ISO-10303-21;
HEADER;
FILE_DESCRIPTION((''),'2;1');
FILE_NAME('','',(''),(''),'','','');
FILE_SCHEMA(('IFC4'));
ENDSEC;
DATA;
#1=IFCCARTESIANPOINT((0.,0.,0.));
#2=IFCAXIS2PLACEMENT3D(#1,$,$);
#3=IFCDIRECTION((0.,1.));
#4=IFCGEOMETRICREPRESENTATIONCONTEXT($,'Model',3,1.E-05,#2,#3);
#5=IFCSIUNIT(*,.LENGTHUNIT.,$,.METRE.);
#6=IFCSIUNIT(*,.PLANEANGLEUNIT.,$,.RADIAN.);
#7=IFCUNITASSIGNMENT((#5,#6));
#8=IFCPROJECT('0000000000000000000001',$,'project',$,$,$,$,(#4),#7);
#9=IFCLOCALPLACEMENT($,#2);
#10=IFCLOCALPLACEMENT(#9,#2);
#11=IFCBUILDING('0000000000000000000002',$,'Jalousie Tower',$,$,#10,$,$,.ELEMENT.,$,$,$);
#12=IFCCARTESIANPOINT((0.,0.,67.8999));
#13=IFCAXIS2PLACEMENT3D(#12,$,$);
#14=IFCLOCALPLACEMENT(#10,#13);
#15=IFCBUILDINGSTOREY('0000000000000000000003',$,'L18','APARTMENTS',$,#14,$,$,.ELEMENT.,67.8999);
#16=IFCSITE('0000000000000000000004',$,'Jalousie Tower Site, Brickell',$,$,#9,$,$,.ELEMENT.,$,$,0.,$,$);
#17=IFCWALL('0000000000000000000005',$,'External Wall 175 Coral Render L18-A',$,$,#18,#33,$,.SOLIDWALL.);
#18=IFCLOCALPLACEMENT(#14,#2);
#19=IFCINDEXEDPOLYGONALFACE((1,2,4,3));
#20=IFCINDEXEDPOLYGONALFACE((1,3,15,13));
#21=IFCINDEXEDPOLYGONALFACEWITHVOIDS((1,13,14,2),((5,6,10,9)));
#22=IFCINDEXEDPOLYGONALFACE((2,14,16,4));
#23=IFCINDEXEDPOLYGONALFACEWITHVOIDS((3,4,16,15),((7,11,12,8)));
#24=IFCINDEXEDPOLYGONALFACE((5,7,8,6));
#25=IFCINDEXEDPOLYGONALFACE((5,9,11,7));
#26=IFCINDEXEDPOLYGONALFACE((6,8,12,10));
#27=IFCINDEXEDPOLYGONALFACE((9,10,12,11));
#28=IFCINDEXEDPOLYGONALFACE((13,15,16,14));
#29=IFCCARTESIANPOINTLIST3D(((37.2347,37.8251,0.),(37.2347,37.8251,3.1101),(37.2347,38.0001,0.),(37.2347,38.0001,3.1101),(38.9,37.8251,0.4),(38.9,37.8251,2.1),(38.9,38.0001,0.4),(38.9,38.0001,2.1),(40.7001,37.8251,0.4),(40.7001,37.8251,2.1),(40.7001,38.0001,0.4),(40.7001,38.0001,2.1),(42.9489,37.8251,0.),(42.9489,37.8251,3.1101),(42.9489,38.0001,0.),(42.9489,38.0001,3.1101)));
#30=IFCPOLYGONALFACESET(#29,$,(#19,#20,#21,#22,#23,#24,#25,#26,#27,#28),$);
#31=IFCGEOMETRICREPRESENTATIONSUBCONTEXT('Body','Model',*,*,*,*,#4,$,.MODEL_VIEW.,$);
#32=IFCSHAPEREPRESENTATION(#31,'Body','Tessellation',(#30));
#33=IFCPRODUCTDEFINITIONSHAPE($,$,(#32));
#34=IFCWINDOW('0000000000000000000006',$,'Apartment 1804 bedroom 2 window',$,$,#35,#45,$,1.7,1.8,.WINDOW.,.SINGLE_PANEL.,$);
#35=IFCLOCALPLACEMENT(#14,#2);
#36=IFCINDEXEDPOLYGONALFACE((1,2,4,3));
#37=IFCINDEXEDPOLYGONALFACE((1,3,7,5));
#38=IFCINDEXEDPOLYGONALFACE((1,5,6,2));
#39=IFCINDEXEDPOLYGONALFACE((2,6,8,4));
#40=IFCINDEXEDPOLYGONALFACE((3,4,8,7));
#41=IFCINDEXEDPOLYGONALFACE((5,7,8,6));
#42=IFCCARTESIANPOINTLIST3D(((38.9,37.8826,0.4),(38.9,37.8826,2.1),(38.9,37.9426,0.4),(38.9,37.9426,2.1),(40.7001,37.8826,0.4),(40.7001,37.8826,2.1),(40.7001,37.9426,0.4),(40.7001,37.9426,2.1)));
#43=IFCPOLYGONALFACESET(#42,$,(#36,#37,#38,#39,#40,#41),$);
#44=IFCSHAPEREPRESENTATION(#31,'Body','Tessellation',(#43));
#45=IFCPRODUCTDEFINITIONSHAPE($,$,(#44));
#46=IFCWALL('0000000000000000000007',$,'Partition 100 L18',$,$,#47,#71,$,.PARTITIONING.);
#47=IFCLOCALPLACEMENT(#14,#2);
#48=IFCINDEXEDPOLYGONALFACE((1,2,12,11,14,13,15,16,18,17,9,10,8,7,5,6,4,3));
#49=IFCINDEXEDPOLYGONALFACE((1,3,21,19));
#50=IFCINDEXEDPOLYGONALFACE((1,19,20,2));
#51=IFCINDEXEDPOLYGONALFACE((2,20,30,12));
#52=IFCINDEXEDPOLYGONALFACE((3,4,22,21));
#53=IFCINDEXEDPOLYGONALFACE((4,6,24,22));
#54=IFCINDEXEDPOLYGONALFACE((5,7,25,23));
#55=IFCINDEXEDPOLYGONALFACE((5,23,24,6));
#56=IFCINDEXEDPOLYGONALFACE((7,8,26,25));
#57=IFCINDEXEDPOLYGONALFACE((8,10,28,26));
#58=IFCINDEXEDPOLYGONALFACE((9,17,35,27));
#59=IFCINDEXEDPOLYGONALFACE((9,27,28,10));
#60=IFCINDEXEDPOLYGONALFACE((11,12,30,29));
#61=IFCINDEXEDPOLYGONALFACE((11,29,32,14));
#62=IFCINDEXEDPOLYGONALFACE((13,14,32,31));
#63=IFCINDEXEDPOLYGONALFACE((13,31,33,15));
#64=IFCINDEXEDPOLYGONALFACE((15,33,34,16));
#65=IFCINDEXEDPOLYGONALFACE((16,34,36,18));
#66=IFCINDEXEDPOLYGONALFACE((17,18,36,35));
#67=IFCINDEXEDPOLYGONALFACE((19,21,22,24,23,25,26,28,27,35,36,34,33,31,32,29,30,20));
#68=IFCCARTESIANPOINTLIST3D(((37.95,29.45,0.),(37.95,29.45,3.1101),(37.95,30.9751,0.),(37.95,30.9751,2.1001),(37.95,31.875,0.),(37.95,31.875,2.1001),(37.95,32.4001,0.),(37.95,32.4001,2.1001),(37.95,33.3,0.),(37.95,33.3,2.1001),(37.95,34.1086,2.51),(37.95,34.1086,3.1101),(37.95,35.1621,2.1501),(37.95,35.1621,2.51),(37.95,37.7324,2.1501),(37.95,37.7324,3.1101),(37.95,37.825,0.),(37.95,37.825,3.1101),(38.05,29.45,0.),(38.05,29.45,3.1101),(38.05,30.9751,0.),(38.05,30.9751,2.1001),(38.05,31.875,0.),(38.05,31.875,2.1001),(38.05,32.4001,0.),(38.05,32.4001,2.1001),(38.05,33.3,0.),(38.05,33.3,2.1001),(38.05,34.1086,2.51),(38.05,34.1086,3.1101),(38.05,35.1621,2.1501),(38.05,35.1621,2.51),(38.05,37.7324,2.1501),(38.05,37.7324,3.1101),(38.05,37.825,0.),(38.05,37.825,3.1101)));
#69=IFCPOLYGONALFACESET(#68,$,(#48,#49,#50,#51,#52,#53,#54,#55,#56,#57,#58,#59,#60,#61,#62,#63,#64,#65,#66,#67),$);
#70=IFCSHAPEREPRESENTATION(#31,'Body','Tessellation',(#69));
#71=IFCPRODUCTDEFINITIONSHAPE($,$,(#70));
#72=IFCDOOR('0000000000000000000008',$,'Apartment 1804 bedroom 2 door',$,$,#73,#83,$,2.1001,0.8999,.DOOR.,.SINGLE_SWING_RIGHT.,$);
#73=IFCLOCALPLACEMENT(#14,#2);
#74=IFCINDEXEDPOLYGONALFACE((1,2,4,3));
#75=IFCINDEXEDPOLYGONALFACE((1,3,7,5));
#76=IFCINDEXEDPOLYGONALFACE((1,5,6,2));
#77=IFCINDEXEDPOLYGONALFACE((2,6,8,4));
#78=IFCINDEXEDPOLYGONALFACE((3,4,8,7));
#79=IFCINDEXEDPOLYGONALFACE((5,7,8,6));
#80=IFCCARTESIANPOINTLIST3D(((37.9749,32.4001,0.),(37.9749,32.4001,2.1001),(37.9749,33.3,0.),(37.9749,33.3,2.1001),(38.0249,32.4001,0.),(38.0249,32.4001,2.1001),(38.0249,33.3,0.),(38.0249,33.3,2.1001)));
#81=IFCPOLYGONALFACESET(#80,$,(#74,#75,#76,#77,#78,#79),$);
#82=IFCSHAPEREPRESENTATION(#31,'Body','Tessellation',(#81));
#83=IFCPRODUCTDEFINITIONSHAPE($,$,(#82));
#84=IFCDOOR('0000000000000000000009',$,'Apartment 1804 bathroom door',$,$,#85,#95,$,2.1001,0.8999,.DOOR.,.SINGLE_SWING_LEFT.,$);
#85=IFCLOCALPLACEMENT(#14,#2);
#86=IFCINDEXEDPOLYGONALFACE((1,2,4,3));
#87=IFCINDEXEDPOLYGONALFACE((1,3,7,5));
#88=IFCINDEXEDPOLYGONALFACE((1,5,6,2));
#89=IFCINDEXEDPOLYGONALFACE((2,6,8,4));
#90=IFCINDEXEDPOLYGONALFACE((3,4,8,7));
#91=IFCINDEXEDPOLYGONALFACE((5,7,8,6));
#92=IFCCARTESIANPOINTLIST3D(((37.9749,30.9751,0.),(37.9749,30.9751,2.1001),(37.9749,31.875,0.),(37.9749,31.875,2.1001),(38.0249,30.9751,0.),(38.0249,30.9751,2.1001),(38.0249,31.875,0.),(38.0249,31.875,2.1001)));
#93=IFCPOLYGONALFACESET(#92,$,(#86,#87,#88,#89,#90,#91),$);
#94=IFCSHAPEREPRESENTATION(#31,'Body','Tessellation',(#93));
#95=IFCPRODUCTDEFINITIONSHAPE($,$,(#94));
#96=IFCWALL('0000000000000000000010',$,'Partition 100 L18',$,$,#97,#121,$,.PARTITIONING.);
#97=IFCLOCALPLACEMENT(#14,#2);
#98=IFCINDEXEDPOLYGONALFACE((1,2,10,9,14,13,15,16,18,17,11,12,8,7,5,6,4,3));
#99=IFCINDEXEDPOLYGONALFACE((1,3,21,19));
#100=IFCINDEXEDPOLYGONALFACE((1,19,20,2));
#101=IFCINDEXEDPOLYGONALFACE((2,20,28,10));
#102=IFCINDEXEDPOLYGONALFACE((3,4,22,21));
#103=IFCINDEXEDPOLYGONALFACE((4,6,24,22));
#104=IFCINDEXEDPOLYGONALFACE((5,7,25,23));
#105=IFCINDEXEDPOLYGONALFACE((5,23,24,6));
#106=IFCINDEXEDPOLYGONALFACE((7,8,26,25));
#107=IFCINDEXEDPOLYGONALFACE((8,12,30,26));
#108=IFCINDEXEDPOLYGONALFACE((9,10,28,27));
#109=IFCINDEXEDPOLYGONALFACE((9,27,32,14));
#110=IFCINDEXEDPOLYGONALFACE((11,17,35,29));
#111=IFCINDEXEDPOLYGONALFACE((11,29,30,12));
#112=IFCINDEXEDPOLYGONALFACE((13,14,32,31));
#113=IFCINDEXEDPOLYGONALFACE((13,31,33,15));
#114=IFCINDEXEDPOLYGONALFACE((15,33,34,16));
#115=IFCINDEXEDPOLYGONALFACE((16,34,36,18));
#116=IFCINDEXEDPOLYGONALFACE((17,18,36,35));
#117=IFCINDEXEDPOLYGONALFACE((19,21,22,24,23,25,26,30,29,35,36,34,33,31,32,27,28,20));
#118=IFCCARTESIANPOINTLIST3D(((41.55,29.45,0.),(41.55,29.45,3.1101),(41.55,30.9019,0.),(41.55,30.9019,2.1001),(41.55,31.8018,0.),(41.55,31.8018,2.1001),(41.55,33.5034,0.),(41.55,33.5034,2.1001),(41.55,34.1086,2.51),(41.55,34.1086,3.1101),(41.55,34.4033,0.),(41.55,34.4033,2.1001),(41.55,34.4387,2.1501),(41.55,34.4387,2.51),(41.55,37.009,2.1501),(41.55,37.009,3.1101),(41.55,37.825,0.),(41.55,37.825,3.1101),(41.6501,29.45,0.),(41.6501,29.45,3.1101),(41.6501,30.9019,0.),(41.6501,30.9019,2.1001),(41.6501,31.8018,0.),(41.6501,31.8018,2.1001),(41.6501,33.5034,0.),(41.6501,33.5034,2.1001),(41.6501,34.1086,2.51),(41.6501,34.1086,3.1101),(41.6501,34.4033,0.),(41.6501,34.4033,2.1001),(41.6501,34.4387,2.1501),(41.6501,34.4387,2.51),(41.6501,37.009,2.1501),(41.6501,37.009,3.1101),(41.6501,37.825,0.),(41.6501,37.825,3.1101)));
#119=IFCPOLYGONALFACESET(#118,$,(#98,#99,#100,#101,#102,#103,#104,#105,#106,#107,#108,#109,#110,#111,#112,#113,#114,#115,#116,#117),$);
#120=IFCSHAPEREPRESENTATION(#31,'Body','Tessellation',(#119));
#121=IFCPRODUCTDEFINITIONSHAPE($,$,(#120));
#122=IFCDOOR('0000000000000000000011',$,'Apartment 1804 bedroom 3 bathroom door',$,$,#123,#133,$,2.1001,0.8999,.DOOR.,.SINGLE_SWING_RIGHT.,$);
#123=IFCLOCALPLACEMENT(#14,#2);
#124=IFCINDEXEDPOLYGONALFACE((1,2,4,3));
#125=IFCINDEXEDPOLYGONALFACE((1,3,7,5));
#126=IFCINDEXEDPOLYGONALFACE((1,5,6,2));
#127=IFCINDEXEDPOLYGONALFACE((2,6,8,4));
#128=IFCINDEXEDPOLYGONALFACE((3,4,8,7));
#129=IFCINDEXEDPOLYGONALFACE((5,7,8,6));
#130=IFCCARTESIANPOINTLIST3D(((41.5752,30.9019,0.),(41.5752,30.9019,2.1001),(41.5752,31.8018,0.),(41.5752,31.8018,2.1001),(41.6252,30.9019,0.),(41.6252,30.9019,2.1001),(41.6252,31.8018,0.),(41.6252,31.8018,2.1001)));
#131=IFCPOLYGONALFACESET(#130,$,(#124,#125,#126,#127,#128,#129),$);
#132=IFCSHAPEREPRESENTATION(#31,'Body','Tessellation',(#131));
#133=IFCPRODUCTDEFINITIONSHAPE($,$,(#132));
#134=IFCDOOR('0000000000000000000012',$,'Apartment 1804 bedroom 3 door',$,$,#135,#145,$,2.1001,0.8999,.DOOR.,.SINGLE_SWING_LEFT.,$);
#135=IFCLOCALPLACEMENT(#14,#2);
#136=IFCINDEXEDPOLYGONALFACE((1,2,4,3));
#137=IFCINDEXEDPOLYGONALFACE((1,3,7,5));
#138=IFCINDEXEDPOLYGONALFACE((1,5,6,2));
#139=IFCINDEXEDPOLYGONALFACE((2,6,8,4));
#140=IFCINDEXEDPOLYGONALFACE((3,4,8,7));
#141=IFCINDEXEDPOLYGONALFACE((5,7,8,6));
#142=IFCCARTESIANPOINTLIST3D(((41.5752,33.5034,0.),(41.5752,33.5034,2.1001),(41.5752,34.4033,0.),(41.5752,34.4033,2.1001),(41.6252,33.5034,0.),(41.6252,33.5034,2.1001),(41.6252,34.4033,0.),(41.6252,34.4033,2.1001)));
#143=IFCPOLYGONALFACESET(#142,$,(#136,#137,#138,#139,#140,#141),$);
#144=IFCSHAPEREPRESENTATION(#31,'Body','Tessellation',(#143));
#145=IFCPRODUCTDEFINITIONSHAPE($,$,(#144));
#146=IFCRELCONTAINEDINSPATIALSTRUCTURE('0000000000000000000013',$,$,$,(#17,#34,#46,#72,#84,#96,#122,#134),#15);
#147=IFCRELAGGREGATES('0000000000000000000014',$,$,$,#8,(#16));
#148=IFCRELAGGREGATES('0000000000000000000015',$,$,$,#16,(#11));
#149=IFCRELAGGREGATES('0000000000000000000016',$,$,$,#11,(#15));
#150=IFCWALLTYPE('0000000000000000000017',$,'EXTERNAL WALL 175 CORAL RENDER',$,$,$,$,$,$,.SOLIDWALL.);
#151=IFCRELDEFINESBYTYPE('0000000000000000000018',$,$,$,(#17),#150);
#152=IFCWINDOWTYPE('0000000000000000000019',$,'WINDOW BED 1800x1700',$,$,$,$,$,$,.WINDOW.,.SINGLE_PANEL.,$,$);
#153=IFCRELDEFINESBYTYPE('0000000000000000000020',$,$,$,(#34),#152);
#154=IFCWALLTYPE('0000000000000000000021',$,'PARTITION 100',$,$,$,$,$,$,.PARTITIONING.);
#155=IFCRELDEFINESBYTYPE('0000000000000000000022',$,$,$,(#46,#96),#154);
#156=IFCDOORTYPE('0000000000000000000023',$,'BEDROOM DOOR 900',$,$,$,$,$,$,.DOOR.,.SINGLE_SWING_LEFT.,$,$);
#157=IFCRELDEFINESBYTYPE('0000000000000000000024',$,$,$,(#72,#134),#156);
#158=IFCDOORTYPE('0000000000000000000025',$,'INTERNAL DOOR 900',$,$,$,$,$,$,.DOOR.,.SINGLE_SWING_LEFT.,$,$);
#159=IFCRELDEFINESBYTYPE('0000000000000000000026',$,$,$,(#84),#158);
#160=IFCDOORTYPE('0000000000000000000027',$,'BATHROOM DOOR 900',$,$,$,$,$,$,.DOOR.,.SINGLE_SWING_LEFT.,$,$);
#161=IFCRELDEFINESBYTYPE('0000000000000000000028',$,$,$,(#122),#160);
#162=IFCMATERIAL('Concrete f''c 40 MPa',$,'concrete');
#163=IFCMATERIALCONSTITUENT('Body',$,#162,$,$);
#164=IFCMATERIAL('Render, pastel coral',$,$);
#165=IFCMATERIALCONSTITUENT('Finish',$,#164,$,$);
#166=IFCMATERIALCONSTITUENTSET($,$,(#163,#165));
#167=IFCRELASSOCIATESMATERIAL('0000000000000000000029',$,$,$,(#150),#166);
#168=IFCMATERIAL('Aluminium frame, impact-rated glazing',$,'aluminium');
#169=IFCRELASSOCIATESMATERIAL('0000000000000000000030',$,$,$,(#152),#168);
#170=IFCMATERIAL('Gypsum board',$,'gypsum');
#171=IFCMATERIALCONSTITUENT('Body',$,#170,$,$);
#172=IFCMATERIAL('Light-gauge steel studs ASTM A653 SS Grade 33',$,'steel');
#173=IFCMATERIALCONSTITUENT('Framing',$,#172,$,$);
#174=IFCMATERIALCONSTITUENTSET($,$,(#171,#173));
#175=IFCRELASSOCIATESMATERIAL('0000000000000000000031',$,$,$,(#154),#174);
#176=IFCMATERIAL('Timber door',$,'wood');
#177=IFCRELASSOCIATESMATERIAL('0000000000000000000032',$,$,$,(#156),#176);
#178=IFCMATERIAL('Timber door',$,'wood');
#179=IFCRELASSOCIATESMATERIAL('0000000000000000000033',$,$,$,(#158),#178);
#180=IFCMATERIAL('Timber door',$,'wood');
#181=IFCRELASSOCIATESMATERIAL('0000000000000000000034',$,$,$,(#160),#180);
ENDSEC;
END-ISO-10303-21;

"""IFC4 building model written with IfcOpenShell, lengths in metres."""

from ifc_helpers import new_model, si_unit, direction, frame, frame_2d, origin, place, context, subcontext, project, spatial, polyline, rectangle, outline, extrude, material, constituent, constituent_set, type_object, element, fill, save


model = new_model("IFC4")

# Units and contexts
model_context = context("Model", 3, precision=1e-05, world=origin(), true_north=direction((0.0, 1.0)))
body_context = subcontext(model_context, "Body", "Model", "MODEL_VIEW")
ifc_project = project(units=[si_unit("LENGTHUNIT", "METRE"), si_unit("PLANEANGLEUNIT", "RADIAN")], contexts=[model_context])

# Site, building, storey
site_placement = place(None, origin())
site = spatial("IfcSite", under=ifc_project, at=site_placement, Name="Jalousie Tower Site, Brickell", CompositionType="ELEMENT", RefElevation=0.0)
building_placement = place(site_placement, origin())
building = spatial("IfcBuilding", under=site, at=building_placement, Name="Jalousie Tower", CompositionType="ELEMENT")
storey_placement = place(building_placement, frame((0.0, 0.0, 67.8999)))
storey = spatial("IfcBuildingStorey", under=building, at=storey_placement, Name="L18", Description="APARTMENTS", CompositionType="ELEMENT", Elevation=67.8999)

# Wall, opening, window
ifc_material_1 = material(Name="Concrete f'c 40 MPa", Category="concrete")
ifc_constituent_1 = constituent(ifc_material_1, Name="Body")
ifc_material_2 = material(Name="Render, pastel coral")
ifc_constituent_2 = constituent(ifc_material_2, Name="Finish")
ifc_constituent_set_1 = constituent_set(constituents=[ifc_constituent_1, ifc_constituent_2])
wall_type_1 = type_object("IfcWallType", Name="EXTERNAL WALL 175 CORAL RENDER", PredefinedType="SOLIDWALL", material=ifc_constituent_set_1)
wall_1_placement = place(storey_placement, frame((42.9487, 37.9126, 0.0), z_axis=(0.0, 0.0, 1.0), x_axis=(-1.0, 0.0, 0.0)))
wall_1 = element("IfcWall", 1, at=wall_1_placement, inside=storey, type_object=wall_type_1, Name="External Wall 175 Coral Render L18-A", PredefinedType="SOLIDWALL", context=body_context, shape_type="SweptSolid", body=[
    extrude(rectangle(XDim=5.7141, YDim=0.175, at=frame_2d((2.8569, 0.0))), origin(), (0.0, 0.0, 1.0), 3.1101),
])
opening_1_placement = place(wall_1_placement, frame((2.2488, 0.0, 0.3999)))
opening_1 = element("IfcOpeningElement", 2, at=opening_1_placement, cuts=wall_1, PredefinedType="OPENING", context=body_context, shape_type="SweptSolid", body=[
    extrude(rectangle(XDim=1.8, YDim=1.7, at=frame_2d((0.8999, 0.8501))), frame((0.0, 0.0974, 0.0), z_axis=(0.0, -1.0, 0.0), x_axis=(1.0, 0.0, 0.0)), (0.0, 0.0, 1.0), 0.1951),
])
ifc_material_3 = material(Name="Aluminium frame, impact-rated glazing", Category="aluminium")
window_type = type_object("IfcWindowType", Name="WINDOW BED 1800x1700", PartitioningType="SINGLE_PANEL", PredefinedType="WINDOW", material=ifc_material_3)
window_placement = place(opening_1_placement, origin())
window = element("IfcWindow", 3, at=window_placement, inside=storey, type_object=window_type, Name="Apartment 1804 bedroom 2 window", OverallHeight=1.7, OverallWidth=1.8, PartitioningType="SINGLE_PANEL", PredefinedType="WINDOW", context=body_context, shape_type="SweptSolid", body=[
    extrude(rectangle(XDim=1.8, YDim=1.7, at=frame_2d((0.8999, 0.8501))), frame((0.0, 0.03, 0.0), z_axis=(0.0, -1.0, 0.0), x_axis=(1.0, 0.0, 0.0)), (0.0, 0.0, 1.0), 0.0601),
])
fill(opening_1, window)

# Walls, openings, doors
ifc_material_4 = material(Name="Gypsum board", Category="gypsum")
ifc_constituent_3 = constituent(ifc_material_4, Name="Body")
ifc_material_5 = material(Name="Light-gauge steel studs ASTM A653 SS Grade 33", Category="steel")
ifc_constituent_4 = constituent(ifc_material_5, Name="Framing")
ifc_constituent_set_2 = constituent_set(constituents=[ifc_constituent_3, ifc_constituent_4])
wall_type_2 = type_object("IfcWallType", Name="PARTITION 100", PredefinedType="PARTITIONING", material=ifc_constituent_set_2)
wall_2_placement = place(storey_placement, frame((38.0, 37.825, 0.0), z_axis=(0.0, 0.0, 1.0), x_axis=(0.0, -1.0, 0.0)))
wall_2 = element("IfcWall", 4, at=wall_2_placement, inside=storey, type_object=wall_type_2, Name="Partition 100 L18", PredefinedType="PARTITIONING", context=body_context, shape_type="SweptSolid", body=[
    extrude(outline(polyline([(0.0, 0.0), (8.375, 0.0), (8.375, 3.1101), (3.7163, 3.1101), (3.7163, 2.51), (2.6628, 2.51), (2.6628, 2.1501), (0.0925, 2.1501), (0.0925, 3.1101), (0.0, 3.1101), (0.0, 0.0)])), frame((0.0, 0.05, 0.0), z_axis=(0.0, -1.0, 0.0), x_axis=(1.0, 0.0, 0.0)), (0.0, 0.0, 1.0), 0.1001),
])
opening_2_placement = place(wall_2_placement, frame((4.5249, 0.0, 0.0)))
opening_2 = element("IfcOpeningElement", 5, at=opening_2_placement, cuts=wall_2, PredefinedType="OPENING", context=body_context, shape_type="SweptSolid", body=[
    extrude(rectangle(XDim=0.8999, YDim=2.1001, at=frame_2d((0.45, 1.05))), frame((0.0, 0.0601, 0.0), z_axis=(0.0, -1.0, 0.0), x_axis=(1.0, 0.0, 0.0)), (0.0, 0.0, 1.0), 0.1201),
])
opening_3_placement = place(wall_2_placement, frame((5.95, 0.0, 0.0)))
opening_3 = element("IfcOpeningElement", 6, at=opening_3_placement, cuts=wall_2, PredefinedType="OPENING", context=body_context, shape_type="SweptSolid", body=[
    extrude(rectangle(XDim=0.8999, YDim=2.1001, at=frame_2d((0.45, 1.05))), frame((0.0, 0.0601, 0.0), z_axis=(0.0, -1.0, 0.0), x_axis=(1.0, 0.0, 0.0)), (0.0, 0.0, 1.0), 0.1201),
])
ifc_material_6 = material(Name="Timber door", Category="wood")
door_type_1 = type_object("IfcDoorType", Name="BEDROOM DOOR 900", OperationType="SINGLE_SWING_LEFT", PredefinedType="DOOR", material=ifc_material_6)
door_1_placement = place(opening_2_placement, origin())
door_1 = element("IfcDoor", 7, at=door_1_placement, inside=storey, type_object=door_type_1, Name="Apartment 1804 bedroom 2 door", OperationType="SINGLE_SWING_RIGHT", OverallHeight=2.1001, OverallWidth=0.8999, PredefinedType="DOOR", context=body_context, shape_type="SweptSolid", body=[
    extrude(rectangle(XDim=0.8999, YDim=2.1001, at=frame_2d((0.45, 1.05))), frame((0.0, 0.0249, 0.0), z_axis=(0.0, -1.0, 0.0), x_axis=(1.0, 0.0, 0.0)), (0.0, 0.0, 1.0), 0.05),
])
fill(opening_2, door_1)
ifc_material_7 = material(Name="Timber door", Category="wood")
door_type_2 = type_object("IfcDoorType", Name="INTERNAL DOOR 900", OperationType="SINGLE_SWING_LEFT", PredefinedType="DOOR", material=ifc_material_7)
door_2_placement = place(opening_3_placement, origin())
door_2 = element("IfcDoor", 8, at=door_2_placement, inside=storey, type_object=door_type_2, Name="Apartment 1804 bathroom door", OperationType="SINGLE_SWING_LEFT", OverallHeight=2.1001, OverallWidth=0.8999, PredefinedType="DOOR", context=body_context, shape_type="SweptSolid", body=[
    extrude(rectangle(XDim=0.8999, YDim=2.1001, at=frame_2d((0.45, 1.05))), frame((0.0, 0.0249, 0.0), z_axis=(0.0, -1.0, 0.0), x_axis=(1.0, 0.0, 0.0)), (0.0, 0.0, 1.0), 0.05),
])
fill(opening_3, door_2)
wall_3_placement = place(storey_placement, frame((41.6001, 37.825, 0.0), z_axis=(0.0, 0.0, 1.0), x_axis=(0.0, -1.0, 0.0)))
wall_3 = element("IfcWall", 9, at=wall_3_placement, inside=storey, type_object=wall_type_2, Name="Partition 100 L18", PredefinedType="PARTITIONING", context=body_context, shape_type="SweptSolid", body=[
    extrude(outline(polyline([(0.0, 0.0), (8.375, 0.0), (8.375, 3.1101), (3.7163, 3.1101), (3.7163, 2.51), (3.3862, 2.51), (3.3862, 2.1501), (0.8159, 2.1501), (0.8159, 3.1101), (0.0, 3.1101), (0.0, 0.0)])), frame((0.0, 0.05, 0.0), z_axis=(0.0, -1.0, 0.0), x_axis=(1.0, 0.0, 0.0)), (0.0, 0.0, 1.0), 0.1001),
])
opening_4_placement = place(wall_3_placement, frame((3.4216, 0.0, 0.0)))
opening_4 = element("IfcOpeningElement", 10, at=opening_4_placement, cuts=wall_3, PredefinedType="OPENING", context=body_context, shape_type="SweptSolid", body=[
    extrude(rectangle(XDim=0.8999, YDim=2.1001, at=frame_2d((0.45, 1.05))), frame((0.0, 0.0601, 0.0), z_axis=(0.0, -1.0, 0.0), x_axis=(1.0, 0.0, 0.0)), (0.0, 0.0, 1.0), 0.1201),
])
opening_5_placement = place(wall_3_placement, frame((6.0232, 0.0, 0.0)))
opening_5 = element("IfcOpeningElement", 11, at=opening_5_placement, cuts=wall_3, PredefinedType="OPENING", context=body_context, shape_type="SweptSolid", body=[
    extrude(rectangle(XDim=0.8999, YDim=2.1001, at=frame_2d((0.45, 1.05))), frame((0.0, 0.0601, 0.0), z_axis=(0.0, -1.0, 0.0), x_axis=(1.0, 0.0, 0.0)), (0.0, 0.0, 1.0), 0.1201),
])
ifc_material_8 = material(Name="Timber door", Category="wood")
door_type_3 = type_object("IfcDoorType", Name="BATHROOM DOOR 900", OperationType="SINGLE_SWING_LEFT", PredefinedType="DOOR", material=ifc_material_8)
door_3_placement = place(opening_5_placement, frame((0.8999, 0.0, 0.0), z_axis=(0.0, 0.0, 1.0), x_axis=(-1.0, 0.0, 0.0)))
door_3 = element("IfcDoor", 12, at=door_3_placement, inside=storey, type_object=door_type_3, Name="Apartment 1804 bedroom 3 bathroom door", OperationType="SINGLE_SWING_RIGHT", OverallHeight=2.1001, OverallWidth=0.8999, PredefinedType="DOOR", context=body_context, shape_type="SweptSolid", body=[
    extrude(rectangle(XDim=0.8999, YDim=2.1001, at=frame_2d((0.45, 1.05))), frame((0.0, 0.0249, 0.0), z_axis=(0.0, -1.0, 0.0), x_axis=(1.0, 0.0, 0.0)), (0.0, 0.0, 1.0), 0.05),
])
fill(opening_5, door_3)
door_4_placement = place(opening_4_placement, frame((0.8999, 0.0, 0.0), z_axis=(0.0, 0.0, 1.0), x_axis=(-1.0, 0.0, 0.0)))
door_4 = element("IfcDoor", 13, at=door_4_placement, inside=storey, type_object=door_type_1, Name="Apartment 1804 bedroom 3 door", OperationType="SINGLE_SWING_LEFT", OverallHeight=2.1001, OverallWidth=0.8999, PredefinedType="DOOR", context=body_context, shape_type="SweptSolid", body=[
    extrude(rectangle(XDim=0.8999, YDim=2.1001, at=frame_2d((0.45, 1.05))), frame((0.0, 0.0249, 0.0), z_axis=(0.0, -1.0, 0.0), x_axis=(1.0, 0.0, 0.0)), (0.0, 0.0, 1.0), 0.05),
])
fill(opening_4, door_4)

save(model, "model.ifc")
